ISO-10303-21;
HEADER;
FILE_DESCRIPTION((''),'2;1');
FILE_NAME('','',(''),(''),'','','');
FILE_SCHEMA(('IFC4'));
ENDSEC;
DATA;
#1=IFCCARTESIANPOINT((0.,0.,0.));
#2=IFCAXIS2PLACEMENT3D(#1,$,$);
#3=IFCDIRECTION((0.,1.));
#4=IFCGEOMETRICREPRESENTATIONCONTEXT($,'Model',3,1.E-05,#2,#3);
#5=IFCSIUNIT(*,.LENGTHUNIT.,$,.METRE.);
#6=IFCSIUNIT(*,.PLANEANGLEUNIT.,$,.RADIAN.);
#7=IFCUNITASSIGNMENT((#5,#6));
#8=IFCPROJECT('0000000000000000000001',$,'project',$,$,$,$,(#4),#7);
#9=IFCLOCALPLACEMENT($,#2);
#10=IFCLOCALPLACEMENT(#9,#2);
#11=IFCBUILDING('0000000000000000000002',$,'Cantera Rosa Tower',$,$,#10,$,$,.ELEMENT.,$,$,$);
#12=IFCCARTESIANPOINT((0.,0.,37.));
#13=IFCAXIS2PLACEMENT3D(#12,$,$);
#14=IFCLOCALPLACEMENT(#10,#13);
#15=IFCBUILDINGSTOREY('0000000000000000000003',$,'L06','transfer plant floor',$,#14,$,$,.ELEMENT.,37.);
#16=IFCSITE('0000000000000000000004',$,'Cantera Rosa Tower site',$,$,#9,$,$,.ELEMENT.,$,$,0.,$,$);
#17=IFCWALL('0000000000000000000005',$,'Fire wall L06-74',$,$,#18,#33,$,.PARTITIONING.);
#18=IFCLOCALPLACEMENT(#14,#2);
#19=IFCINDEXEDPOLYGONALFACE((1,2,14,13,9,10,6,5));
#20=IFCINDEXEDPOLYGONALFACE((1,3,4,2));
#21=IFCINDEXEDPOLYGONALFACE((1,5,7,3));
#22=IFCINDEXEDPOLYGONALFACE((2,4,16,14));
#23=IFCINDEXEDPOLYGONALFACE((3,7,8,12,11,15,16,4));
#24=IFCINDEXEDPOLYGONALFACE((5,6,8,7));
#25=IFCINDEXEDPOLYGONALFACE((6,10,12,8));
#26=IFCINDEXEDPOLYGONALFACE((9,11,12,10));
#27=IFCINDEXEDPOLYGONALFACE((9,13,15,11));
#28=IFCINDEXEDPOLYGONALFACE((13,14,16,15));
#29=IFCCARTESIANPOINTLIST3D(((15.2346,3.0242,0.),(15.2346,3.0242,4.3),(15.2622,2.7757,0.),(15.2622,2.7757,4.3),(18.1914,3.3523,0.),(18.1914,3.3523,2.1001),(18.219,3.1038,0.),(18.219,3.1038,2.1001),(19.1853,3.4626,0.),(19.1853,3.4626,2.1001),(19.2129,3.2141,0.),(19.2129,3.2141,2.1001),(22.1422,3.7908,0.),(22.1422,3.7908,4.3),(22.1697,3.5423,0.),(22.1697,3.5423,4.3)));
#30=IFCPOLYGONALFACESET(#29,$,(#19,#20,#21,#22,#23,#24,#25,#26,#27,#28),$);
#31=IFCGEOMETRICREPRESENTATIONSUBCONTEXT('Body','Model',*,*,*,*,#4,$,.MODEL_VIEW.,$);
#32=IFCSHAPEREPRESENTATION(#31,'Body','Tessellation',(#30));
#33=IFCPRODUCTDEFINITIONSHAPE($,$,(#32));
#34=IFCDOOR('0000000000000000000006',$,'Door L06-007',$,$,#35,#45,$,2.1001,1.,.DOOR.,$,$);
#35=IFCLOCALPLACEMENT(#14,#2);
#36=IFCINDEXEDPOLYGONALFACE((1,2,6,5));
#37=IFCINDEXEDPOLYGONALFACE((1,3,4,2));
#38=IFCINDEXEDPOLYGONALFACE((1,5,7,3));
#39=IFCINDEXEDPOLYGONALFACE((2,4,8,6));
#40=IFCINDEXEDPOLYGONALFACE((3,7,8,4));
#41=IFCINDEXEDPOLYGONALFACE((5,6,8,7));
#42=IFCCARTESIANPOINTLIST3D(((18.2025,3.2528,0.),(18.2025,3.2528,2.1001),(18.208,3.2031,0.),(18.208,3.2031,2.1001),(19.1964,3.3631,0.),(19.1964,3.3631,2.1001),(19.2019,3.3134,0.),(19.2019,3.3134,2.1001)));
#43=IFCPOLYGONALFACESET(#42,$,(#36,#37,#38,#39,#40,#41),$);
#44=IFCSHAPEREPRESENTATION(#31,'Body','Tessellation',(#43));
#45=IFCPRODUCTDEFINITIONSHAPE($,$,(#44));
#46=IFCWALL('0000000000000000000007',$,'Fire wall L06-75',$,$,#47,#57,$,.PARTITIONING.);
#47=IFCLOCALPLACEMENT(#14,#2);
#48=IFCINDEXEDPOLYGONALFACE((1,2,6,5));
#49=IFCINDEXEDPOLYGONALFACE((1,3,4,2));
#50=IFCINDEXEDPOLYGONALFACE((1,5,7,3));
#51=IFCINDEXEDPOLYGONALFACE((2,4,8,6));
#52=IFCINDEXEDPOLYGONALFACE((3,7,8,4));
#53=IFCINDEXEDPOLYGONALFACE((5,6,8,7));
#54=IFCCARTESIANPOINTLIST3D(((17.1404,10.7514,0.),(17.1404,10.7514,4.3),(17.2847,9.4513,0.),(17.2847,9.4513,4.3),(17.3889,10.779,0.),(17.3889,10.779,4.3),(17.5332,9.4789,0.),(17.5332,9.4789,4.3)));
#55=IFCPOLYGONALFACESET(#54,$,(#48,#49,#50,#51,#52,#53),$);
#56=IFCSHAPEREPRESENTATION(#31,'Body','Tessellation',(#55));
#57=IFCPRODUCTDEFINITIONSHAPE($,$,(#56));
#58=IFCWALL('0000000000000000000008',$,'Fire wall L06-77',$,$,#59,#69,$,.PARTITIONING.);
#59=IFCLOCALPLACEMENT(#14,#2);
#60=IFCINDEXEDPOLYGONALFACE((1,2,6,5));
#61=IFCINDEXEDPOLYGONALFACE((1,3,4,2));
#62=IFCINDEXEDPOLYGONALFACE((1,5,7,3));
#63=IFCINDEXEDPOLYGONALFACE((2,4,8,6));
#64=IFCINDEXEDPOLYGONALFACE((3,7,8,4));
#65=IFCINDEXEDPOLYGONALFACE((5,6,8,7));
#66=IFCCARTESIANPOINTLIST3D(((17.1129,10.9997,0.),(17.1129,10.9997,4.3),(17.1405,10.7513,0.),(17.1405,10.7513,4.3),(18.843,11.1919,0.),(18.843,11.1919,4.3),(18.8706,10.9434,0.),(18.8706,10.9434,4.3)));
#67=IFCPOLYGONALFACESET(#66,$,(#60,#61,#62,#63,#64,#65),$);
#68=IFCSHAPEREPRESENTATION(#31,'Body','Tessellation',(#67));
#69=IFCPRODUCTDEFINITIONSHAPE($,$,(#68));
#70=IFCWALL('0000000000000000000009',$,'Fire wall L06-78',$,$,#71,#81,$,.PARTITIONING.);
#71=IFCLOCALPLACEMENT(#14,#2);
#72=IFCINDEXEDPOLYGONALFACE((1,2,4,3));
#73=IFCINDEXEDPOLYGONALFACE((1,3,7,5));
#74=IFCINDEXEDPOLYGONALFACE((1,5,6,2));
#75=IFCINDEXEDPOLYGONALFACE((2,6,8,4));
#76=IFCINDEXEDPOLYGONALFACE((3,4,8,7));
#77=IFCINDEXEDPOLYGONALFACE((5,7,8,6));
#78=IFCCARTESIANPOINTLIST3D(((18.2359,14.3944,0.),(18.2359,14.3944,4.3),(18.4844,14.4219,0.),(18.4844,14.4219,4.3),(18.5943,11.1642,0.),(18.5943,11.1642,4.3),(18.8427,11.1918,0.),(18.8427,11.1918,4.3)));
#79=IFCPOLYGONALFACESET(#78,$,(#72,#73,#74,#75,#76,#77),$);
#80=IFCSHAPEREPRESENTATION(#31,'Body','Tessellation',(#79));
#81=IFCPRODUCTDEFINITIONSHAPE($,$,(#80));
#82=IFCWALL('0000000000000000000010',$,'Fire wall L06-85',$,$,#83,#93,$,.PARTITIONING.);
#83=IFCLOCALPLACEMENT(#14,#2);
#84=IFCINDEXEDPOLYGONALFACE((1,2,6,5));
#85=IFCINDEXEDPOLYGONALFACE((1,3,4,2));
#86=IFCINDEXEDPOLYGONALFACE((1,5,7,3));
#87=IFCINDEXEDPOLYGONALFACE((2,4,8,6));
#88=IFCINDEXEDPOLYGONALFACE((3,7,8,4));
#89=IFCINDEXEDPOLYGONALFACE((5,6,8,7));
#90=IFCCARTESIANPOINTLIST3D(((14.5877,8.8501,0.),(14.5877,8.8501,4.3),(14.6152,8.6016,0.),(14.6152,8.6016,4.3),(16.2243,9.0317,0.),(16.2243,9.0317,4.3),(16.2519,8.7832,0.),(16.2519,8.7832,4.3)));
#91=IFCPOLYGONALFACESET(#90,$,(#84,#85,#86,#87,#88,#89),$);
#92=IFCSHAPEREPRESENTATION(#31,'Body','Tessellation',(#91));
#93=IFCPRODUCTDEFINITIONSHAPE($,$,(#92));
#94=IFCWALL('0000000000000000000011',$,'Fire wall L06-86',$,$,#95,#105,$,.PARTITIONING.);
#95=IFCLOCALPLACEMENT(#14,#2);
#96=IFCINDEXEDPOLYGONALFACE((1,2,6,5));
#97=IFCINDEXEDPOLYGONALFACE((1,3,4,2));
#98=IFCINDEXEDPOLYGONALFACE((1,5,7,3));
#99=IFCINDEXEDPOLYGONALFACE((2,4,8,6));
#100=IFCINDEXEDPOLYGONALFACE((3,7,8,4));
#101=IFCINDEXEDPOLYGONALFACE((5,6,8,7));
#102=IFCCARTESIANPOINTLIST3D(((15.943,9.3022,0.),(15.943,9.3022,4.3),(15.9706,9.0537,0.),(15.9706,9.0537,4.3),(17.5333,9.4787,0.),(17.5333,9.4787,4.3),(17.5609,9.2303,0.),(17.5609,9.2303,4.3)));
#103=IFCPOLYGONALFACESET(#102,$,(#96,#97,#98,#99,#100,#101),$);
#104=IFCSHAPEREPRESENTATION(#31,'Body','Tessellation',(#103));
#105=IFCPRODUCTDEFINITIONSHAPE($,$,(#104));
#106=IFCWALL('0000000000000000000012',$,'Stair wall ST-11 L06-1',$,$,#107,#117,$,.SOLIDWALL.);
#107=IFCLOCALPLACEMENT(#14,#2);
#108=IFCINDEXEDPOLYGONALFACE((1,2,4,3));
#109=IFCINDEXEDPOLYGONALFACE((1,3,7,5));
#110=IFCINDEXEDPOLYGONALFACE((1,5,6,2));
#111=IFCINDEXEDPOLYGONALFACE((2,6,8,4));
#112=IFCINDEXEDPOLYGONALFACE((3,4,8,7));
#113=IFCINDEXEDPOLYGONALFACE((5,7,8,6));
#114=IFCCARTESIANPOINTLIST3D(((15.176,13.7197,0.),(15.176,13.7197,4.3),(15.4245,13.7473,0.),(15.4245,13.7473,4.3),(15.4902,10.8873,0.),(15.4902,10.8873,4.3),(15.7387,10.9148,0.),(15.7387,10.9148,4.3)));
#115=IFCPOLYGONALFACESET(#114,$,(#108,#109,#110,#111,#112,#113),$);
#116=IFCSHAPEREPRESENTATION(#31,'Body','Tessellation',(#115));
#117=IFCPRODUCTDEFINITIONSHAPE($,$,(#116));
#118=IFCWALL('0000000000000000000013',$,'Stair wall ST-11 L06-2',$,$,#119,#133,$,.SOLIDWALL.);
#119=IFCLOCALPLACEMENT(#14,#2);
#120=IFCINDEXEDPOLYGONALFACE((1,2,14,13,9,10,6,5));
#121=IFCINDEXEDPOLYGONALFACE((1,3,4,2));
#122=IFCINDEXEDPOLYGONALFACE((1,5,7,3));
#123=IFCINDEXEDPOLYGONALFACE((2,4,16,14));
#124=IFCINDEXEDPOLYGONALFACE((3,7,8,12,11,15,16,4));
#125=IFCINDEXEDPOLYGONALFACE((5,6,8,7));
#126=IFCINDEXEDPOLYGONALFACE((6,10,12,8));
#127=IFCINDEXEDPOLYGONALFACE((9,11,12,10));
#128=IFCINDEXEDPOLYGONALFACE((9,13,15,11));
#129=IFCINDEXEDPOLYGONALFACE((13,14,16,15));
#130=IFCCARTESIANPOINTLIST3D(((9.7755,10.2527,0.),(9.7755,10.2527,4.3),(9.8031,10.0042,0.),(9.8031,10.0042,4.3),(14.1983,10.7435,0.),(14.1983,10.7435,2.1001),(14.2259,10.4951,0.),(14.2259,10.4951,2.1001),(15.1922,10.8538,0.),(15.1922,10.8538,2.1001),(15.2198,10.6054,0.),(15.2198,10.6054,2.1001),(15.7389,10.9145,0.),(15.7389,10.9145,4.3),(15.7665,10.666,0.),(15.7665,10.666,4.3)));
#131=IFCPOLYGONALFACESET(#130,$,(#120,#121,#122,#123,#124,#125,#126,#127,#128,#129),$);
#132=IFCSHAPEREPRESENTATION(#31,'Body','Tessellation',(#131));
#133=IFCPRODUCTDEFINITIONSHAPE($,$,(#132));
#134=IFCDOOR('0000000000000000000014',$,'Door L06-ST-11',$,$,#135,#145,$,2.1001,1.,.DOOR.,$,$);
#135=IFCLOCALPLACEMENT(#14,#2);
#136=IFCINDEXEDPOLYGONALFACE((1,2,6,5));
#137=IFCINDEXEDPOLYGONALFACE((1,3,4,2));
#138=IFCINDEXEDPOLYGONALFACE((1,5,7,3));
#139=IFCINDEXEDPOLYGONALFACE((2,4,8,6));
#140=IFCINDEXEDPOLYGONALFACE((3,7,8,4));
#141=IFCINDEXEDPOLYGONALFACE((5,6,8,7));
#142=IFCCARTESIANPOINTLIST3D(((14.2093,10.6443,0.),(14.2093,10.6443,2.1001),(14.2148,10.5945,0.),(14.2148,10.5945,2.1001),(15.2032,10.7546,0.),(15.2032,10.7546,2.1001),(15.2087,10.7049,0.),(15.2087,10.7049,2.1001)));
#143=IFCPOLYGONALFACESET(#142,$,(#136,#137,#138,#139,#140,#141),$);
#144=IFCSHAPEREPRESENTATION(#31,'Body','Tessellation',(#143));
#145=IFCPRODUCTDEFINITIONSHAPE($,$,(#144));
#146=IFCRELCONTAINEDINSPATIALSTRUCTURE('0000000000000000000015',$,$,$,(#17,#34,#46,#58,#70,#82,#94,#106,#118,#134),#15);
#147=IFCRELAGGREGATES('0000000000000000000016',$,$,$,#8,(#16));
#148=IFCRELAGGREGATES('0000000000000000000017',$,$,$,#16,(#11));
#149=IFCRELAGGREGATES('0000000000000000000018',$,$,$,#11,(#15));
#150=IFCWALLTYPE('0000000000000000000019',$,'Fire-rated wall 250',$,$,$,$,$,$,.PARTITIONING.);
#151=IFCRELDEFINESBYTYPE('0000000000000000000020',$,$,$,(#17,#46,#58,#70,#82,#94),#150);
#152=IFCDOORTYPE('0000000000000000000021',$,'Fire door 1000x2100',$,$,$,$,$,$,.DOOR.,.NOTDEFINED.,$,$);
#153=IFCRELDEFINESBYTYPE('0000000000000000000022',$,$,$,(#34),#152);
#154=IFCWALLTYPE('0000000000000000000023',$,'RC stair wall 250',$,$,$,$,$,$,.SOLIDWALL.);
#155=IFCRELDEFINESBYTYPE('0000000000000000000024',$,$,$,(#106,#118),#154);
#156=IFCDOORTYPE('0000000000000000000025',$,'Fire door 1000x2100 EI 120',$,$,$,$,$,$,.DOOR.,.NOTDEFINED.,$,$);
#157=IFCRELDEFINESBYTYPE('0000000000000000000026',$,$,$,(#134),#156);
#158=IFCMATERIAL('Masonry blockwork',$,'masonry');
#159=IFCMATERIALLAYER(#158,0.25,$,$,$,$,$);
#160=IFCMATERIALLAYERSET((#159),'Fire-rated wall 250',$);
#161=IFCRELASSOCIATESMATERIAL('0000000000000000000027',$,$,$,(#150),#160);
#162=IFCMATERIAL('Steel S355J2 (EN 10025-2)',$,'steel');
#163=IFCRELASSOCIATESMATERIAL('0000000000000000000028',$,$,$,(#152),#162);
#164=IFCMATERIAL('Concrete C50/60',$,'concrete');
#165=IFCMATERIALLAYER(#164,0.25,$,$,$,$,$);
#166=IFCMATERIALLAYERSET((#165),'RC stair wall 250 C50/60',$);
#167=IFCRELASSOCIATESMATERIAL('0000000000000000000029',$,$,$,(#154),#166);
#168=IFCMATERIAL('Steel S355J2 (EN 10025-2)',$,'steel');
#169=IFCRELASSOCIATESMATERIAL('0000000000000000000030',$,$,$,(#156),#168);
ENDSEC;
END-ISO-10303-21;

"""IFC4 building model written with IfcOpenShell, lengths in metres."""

from ifc_helpers import new_model, si_unit, direction, frame, frame_2d, origin, place, context, subcontext, project, spatial, rectangle, extrude, material, layer, layer_set, type_object, element, fill, save


model = new_model("IFC4")

# Units and contexts
model_context = context("Model", 3, precision=1e-05, world=origin(), true_north=direction((0.0, 1.0)))
body_context = subcontext(model_context, "Body", "Model", "MODEL_VIEW")
ifc_project = project(units=[si_unit("LENGTHUNIT", "METRE"), si_unit("PLANEANGLEUNIT", "RADIAN")], contexts=[model_context])

# Site, building, storey
site_placement = place(None, origin())
site = spatial("IfcSite", under=ifc_project, at=site_placement, Name="Cantera Rosa Tower site", CompositionType="ELEMENT", RefElevation=0.0)
building_placement = place(site_placement, origin())
building = spatial("IfcBuilding", under=site, at=building_placement, Name="Cantera Rosa Tower", CompositionType="ELEMENT")
storey_placement = place(building_placement, frame((0.0, 0.0, 37.0)))
storey = spatial("IfcBuildingStorey", under=building, at=storey_placement, Name="L06", Description="transfer plant floor", CompositionType="ELEMENT", Elevation=37.0)

# Shared definitions
ifc_material_1 = material(Name="Masonry blockwork", Category="masonry")
ifc_layer_1 = layer(ifc_material_1, 0.25)
ifc_layer_set_1 = layer_set([ifc_layer_1], Name="Fire-rated wall 250")
wall_type_1 = type_object("IfcWallType", Name="Fire-rated wall 250", PredefinedType="PARTITIONING", material=ifc_layer_set_1)

# Shared definitions
ifc_material_2 = material(Name="Steel S355J2 (EN 10025-2)", Category="steel")
door_type_1 = type_object("IfcDoorType", Name="Fire door 1000x2100", OperationType="NOTDEFINED", PredefinedType="DOOR", material=ifc_material_2)

# Wall, opening, door
wall_1_placement = place(storey_placement, frame((15.2483, 2.8999, 0.0), z_axis=(0.0, 0.0, 1.0), x_axis=(0.993898, 0.110304, 0.0)))
wall_1 = element("IfcWall", 1, at=wall_1_placement, inside=storey, type_object=wall_type_1, Name="Fire wall L06-74", PredefinedType="PARTITIONING", context=body_context, shape_type="SweptSolid", body=[
    extrude(rectangle(XDim=6.95, YDim=0.25, at=frame_2d((3.4751, 0.0))), origin(), (0.0, 0.0, 1.0), 4.3),
])
opening_1_placement = place(wall_1_placement, frame((2.9751, 0.0, 0.0)))
opening_1 = element("IfcOpeningElement", 2, at=opening_1_placement, cuts=wall_1, PredefinedType="OPENING", context=body_context, shape_type="SweptSolid", body=[
    extrude(rectangle(XDim=1.0, YDim=2.1001, at=frame_2d((0.5, 1.05))), frame((0.0, 0.135, 0.0), z_axis=(0.0, -1.0, 0.0), x_axis=(1.0, 0.0, 0.0)), (0.0, 0.0, 1.0), 0.27),
])
door_1_placement = place(opening_1_placement, origin())
door_1 = element("IfcDoor", 3, at=door_1_placement, inside=storey, type_object=door_type_1, Name="Door L06-007", OverallHeight=2.1001, OverallWidth=1.0, PredefinedType="DOOR", context=body_context, shape_type="SweptSolid", body=[
    extrude(rectangle(XDim=1.0, YDim=2.1001, at=frame_2d((0.5, 1.05))), frame((0.0, 0.0249, 0.0), z_axis=(0.0, -1.0, 0.0), x_axis=(1.0, 0.0, 0.0)), (0.0, 0.0, 1.0), 0.05),
])
fill(opening_1, door_1)

# Walls
wall_2_placement = place(storey_placement, frame((17.4089, 9.4651, 0.0), z_axis=(0.0, 0.0, 1.0), x_axis=(-0.110309, 0.993897, 0.0)))
element("IfcWall", 4, at=wall_2_placement, inside=storey, type_object=wall_type_1, Name="Fire wall L06-75", PredefinedType="PARTITIONING", context=body_context, shape_type="SweptSolid", body=[
    extrude(rectangle(XDim=1.3081, YDim=0.25, at=frame_2d((0.6541, 0.0))), origin(), (0.0, 0.0, 1.0), 4.3),
])
wall_3_placement = place(storey_placement, frame((17.1267, 10.8755, 0.0), z_axis=(0.0, 0.0, 1.0), x_axis=(0.993889, 0.110385, 0.0)))
element("IfcWall", 5, at=wall_3_placement, inside=storey, type_object=wall_type_1, Name="Fire wall L06-77", PredefinedType="PARTITIONING", context=body_context, shape_type="SweptSolid", body=[
    extrude(rectangle(XDim=1.7407, YDim=0.25, at=frame_2d((0.8704, 0.0))), origin(), (0.0, 0.0, 1.0), 4.3),
])
wall_4_placement = place(storey_placement, frame((18.7185, 11.178, 0.0), z_axis=(0.0, 0.0, 1.0), x_axis=(-0.110275, 0.993901, 0.0)))
element("IfcWall", 6, at=wall_4_placement, inside=storey, type_object=wall_type_1, Name="Fire wall L06-78", PredefinedType="PARTITIONING", context=body_context, shape_type="SweptSolid", body=[
    extrude(rectangle(XDim=3.25, YDim=0.25, at=frame_2d((1.625, 0.0))), origin(), (0.0, 0.0, 1.0), 4.3),
])
wall_5_placement = place(storey_placement, frame((14.6016, 8.7258, 0.0), z_axis=(0.0, 0.0, 1.0), x_axis=(0.993898, 0.110301, 0.0)))
element("IfcWall", 7, at=wall_5_placement, inside=storey, type_object=wall_type_1, Name="Fire wall L06-85", PredefinedType="PARTITIONING", context=body_context, shape_type="SweptSolid", body=[
    extrude(rectangle(XDim=1.6467, YDim=0.25, at=frame_2d((0.8232, 0.0))), origin(), (0.0, 0.0, 1.0), 4.3),
])
wall_6_placement = place(storey_placement, frame((15.9568, 9.178, 0.0), z_axis=(0.0, 0.0, 1.0), x_axis=(0.993897, 0.110314, 0.0)))
element("IfcWall", 8, at=wall_6_placement, inside=storey, type_object=wall_type_1, Name="Fire wall L06-86", PredefinedType="PARTITIONING", context=body_context, shape_type="SweptSolid", body=[
    extrude(rectangle(XDim=1.6001, YDim=0.25, at=frame_2d((0.8, 0.0))), origin(), (0.0, 0.0, 1.0), 4.3),
])
ifc_material_3 = material(Name="Concrete C50/60", Category="concrete")
ifc_layer_2 = layer(ifc_material_3, 0.25)
ifc_layer_set_2 = layer_set([ifc_layer_2], Name="RC stair wall 250 C50/60")
wall_type_2 = type_object("IfcWallType", Name="RC stair wall 250", PredefinedType="SOLIDWALL", material=ifc_layer_set_2)
wall_7_placement = place(storey_placement, frame((15.3003, 13.7334, 0.0), z_axis=(0.0, 0.0, 1.0), x_axis=(0.110253, -0.993904, 0.0)))
element("IfcWall", 9, at=wall_7_placement, inside=storey, type_object=wall_type_2, Name="Stair wall ST-11 L06-1", PredefinedType="SOLIDWALL", context=body_context, shape_type="SweptSolid", body=[
    extrude(rectangle(XDim=2.8499, YDim=0.25, at=frame_2d((1.4248, 0.0))), origin(), (0.0, 0.0, 1.0), 4.3),
])

# Wall, opening, door
wall_8_placement = place(storey_placement, frame((15.7527, 10.7903, 0.0), z_axis=(0.0, 0.0, 1.0), x_axis=(-0.993897, -0.110311, 0.0)))
wall_8 = element("IfcWall", 10, at=wall_8_placement, inside=storey, type_object=wall_type_2, Name="Stair wall ST-11 L06-2", PredefinedType="SOLIDWALL", context=body_context, shape_type="SweptSolid", body=[
    extrude(rectangle(XDim=6.0, YDim=0.25, at=frame_2d((3.0, 0.0))), origin(), (0.0, 0.0, 1.0), 4.3),
])
opening_2_placement = place(wall_8_placement, frame((0.55, 0.0, 0.0)))
opening_2 = element("IfcOpeningElement", 11, at=opening_2_placement, cuts=wall_8, PredefinedType="OPENING", context=body_context, shape_type="SweptSolid", body=[
    extrude(rectangle(XDim=1.0, YDim=2.1001, at=frame_2d((0.5, 1.05))), frame((0.0, 0.135, 0.0), z_axis=(0.0, -1.0, 0.0), x_axis=(1.0, 0.0, 0.0)), (0.0, 0.0, 1.0), 0.27),
])
ifc_material_4 = material(Name="Steel S355J2 (EN 10025-2)", Category="steel")
door_type_2 = type_object("IfcDoorType", Name="Fire door 1000x2100 EI 120", OperationType="NOTDEFINED", PredefinedType="DOOR", material=ifc_material_4)
door_2_placement = place(opening_2_placement, origin())
door_2 = element("IfcDoor", 12, at=door_2_placement, inside=storey, type_object=door_type_2, Name="Door L06-ST-11", OverallHeight=2.1001, OverallWidth=1.0, PredefinedType="DOOR", context=body_context, shape_type="SweptSolid", body=[
    extrude(rectangle(XDim=1.0, YDim=2.1001, at=frame_2d((0.5, 1.05))), frame((0.0, 0.0249, 0.0), z_axis=(0.0, -1.0, 0.0), x_axis=(1.0, 0.0, 0.0)), (0.0, 0.0, 1.0), 0.05),
])
fill(opening_2, door_2)

save(model, "model.ifc")
